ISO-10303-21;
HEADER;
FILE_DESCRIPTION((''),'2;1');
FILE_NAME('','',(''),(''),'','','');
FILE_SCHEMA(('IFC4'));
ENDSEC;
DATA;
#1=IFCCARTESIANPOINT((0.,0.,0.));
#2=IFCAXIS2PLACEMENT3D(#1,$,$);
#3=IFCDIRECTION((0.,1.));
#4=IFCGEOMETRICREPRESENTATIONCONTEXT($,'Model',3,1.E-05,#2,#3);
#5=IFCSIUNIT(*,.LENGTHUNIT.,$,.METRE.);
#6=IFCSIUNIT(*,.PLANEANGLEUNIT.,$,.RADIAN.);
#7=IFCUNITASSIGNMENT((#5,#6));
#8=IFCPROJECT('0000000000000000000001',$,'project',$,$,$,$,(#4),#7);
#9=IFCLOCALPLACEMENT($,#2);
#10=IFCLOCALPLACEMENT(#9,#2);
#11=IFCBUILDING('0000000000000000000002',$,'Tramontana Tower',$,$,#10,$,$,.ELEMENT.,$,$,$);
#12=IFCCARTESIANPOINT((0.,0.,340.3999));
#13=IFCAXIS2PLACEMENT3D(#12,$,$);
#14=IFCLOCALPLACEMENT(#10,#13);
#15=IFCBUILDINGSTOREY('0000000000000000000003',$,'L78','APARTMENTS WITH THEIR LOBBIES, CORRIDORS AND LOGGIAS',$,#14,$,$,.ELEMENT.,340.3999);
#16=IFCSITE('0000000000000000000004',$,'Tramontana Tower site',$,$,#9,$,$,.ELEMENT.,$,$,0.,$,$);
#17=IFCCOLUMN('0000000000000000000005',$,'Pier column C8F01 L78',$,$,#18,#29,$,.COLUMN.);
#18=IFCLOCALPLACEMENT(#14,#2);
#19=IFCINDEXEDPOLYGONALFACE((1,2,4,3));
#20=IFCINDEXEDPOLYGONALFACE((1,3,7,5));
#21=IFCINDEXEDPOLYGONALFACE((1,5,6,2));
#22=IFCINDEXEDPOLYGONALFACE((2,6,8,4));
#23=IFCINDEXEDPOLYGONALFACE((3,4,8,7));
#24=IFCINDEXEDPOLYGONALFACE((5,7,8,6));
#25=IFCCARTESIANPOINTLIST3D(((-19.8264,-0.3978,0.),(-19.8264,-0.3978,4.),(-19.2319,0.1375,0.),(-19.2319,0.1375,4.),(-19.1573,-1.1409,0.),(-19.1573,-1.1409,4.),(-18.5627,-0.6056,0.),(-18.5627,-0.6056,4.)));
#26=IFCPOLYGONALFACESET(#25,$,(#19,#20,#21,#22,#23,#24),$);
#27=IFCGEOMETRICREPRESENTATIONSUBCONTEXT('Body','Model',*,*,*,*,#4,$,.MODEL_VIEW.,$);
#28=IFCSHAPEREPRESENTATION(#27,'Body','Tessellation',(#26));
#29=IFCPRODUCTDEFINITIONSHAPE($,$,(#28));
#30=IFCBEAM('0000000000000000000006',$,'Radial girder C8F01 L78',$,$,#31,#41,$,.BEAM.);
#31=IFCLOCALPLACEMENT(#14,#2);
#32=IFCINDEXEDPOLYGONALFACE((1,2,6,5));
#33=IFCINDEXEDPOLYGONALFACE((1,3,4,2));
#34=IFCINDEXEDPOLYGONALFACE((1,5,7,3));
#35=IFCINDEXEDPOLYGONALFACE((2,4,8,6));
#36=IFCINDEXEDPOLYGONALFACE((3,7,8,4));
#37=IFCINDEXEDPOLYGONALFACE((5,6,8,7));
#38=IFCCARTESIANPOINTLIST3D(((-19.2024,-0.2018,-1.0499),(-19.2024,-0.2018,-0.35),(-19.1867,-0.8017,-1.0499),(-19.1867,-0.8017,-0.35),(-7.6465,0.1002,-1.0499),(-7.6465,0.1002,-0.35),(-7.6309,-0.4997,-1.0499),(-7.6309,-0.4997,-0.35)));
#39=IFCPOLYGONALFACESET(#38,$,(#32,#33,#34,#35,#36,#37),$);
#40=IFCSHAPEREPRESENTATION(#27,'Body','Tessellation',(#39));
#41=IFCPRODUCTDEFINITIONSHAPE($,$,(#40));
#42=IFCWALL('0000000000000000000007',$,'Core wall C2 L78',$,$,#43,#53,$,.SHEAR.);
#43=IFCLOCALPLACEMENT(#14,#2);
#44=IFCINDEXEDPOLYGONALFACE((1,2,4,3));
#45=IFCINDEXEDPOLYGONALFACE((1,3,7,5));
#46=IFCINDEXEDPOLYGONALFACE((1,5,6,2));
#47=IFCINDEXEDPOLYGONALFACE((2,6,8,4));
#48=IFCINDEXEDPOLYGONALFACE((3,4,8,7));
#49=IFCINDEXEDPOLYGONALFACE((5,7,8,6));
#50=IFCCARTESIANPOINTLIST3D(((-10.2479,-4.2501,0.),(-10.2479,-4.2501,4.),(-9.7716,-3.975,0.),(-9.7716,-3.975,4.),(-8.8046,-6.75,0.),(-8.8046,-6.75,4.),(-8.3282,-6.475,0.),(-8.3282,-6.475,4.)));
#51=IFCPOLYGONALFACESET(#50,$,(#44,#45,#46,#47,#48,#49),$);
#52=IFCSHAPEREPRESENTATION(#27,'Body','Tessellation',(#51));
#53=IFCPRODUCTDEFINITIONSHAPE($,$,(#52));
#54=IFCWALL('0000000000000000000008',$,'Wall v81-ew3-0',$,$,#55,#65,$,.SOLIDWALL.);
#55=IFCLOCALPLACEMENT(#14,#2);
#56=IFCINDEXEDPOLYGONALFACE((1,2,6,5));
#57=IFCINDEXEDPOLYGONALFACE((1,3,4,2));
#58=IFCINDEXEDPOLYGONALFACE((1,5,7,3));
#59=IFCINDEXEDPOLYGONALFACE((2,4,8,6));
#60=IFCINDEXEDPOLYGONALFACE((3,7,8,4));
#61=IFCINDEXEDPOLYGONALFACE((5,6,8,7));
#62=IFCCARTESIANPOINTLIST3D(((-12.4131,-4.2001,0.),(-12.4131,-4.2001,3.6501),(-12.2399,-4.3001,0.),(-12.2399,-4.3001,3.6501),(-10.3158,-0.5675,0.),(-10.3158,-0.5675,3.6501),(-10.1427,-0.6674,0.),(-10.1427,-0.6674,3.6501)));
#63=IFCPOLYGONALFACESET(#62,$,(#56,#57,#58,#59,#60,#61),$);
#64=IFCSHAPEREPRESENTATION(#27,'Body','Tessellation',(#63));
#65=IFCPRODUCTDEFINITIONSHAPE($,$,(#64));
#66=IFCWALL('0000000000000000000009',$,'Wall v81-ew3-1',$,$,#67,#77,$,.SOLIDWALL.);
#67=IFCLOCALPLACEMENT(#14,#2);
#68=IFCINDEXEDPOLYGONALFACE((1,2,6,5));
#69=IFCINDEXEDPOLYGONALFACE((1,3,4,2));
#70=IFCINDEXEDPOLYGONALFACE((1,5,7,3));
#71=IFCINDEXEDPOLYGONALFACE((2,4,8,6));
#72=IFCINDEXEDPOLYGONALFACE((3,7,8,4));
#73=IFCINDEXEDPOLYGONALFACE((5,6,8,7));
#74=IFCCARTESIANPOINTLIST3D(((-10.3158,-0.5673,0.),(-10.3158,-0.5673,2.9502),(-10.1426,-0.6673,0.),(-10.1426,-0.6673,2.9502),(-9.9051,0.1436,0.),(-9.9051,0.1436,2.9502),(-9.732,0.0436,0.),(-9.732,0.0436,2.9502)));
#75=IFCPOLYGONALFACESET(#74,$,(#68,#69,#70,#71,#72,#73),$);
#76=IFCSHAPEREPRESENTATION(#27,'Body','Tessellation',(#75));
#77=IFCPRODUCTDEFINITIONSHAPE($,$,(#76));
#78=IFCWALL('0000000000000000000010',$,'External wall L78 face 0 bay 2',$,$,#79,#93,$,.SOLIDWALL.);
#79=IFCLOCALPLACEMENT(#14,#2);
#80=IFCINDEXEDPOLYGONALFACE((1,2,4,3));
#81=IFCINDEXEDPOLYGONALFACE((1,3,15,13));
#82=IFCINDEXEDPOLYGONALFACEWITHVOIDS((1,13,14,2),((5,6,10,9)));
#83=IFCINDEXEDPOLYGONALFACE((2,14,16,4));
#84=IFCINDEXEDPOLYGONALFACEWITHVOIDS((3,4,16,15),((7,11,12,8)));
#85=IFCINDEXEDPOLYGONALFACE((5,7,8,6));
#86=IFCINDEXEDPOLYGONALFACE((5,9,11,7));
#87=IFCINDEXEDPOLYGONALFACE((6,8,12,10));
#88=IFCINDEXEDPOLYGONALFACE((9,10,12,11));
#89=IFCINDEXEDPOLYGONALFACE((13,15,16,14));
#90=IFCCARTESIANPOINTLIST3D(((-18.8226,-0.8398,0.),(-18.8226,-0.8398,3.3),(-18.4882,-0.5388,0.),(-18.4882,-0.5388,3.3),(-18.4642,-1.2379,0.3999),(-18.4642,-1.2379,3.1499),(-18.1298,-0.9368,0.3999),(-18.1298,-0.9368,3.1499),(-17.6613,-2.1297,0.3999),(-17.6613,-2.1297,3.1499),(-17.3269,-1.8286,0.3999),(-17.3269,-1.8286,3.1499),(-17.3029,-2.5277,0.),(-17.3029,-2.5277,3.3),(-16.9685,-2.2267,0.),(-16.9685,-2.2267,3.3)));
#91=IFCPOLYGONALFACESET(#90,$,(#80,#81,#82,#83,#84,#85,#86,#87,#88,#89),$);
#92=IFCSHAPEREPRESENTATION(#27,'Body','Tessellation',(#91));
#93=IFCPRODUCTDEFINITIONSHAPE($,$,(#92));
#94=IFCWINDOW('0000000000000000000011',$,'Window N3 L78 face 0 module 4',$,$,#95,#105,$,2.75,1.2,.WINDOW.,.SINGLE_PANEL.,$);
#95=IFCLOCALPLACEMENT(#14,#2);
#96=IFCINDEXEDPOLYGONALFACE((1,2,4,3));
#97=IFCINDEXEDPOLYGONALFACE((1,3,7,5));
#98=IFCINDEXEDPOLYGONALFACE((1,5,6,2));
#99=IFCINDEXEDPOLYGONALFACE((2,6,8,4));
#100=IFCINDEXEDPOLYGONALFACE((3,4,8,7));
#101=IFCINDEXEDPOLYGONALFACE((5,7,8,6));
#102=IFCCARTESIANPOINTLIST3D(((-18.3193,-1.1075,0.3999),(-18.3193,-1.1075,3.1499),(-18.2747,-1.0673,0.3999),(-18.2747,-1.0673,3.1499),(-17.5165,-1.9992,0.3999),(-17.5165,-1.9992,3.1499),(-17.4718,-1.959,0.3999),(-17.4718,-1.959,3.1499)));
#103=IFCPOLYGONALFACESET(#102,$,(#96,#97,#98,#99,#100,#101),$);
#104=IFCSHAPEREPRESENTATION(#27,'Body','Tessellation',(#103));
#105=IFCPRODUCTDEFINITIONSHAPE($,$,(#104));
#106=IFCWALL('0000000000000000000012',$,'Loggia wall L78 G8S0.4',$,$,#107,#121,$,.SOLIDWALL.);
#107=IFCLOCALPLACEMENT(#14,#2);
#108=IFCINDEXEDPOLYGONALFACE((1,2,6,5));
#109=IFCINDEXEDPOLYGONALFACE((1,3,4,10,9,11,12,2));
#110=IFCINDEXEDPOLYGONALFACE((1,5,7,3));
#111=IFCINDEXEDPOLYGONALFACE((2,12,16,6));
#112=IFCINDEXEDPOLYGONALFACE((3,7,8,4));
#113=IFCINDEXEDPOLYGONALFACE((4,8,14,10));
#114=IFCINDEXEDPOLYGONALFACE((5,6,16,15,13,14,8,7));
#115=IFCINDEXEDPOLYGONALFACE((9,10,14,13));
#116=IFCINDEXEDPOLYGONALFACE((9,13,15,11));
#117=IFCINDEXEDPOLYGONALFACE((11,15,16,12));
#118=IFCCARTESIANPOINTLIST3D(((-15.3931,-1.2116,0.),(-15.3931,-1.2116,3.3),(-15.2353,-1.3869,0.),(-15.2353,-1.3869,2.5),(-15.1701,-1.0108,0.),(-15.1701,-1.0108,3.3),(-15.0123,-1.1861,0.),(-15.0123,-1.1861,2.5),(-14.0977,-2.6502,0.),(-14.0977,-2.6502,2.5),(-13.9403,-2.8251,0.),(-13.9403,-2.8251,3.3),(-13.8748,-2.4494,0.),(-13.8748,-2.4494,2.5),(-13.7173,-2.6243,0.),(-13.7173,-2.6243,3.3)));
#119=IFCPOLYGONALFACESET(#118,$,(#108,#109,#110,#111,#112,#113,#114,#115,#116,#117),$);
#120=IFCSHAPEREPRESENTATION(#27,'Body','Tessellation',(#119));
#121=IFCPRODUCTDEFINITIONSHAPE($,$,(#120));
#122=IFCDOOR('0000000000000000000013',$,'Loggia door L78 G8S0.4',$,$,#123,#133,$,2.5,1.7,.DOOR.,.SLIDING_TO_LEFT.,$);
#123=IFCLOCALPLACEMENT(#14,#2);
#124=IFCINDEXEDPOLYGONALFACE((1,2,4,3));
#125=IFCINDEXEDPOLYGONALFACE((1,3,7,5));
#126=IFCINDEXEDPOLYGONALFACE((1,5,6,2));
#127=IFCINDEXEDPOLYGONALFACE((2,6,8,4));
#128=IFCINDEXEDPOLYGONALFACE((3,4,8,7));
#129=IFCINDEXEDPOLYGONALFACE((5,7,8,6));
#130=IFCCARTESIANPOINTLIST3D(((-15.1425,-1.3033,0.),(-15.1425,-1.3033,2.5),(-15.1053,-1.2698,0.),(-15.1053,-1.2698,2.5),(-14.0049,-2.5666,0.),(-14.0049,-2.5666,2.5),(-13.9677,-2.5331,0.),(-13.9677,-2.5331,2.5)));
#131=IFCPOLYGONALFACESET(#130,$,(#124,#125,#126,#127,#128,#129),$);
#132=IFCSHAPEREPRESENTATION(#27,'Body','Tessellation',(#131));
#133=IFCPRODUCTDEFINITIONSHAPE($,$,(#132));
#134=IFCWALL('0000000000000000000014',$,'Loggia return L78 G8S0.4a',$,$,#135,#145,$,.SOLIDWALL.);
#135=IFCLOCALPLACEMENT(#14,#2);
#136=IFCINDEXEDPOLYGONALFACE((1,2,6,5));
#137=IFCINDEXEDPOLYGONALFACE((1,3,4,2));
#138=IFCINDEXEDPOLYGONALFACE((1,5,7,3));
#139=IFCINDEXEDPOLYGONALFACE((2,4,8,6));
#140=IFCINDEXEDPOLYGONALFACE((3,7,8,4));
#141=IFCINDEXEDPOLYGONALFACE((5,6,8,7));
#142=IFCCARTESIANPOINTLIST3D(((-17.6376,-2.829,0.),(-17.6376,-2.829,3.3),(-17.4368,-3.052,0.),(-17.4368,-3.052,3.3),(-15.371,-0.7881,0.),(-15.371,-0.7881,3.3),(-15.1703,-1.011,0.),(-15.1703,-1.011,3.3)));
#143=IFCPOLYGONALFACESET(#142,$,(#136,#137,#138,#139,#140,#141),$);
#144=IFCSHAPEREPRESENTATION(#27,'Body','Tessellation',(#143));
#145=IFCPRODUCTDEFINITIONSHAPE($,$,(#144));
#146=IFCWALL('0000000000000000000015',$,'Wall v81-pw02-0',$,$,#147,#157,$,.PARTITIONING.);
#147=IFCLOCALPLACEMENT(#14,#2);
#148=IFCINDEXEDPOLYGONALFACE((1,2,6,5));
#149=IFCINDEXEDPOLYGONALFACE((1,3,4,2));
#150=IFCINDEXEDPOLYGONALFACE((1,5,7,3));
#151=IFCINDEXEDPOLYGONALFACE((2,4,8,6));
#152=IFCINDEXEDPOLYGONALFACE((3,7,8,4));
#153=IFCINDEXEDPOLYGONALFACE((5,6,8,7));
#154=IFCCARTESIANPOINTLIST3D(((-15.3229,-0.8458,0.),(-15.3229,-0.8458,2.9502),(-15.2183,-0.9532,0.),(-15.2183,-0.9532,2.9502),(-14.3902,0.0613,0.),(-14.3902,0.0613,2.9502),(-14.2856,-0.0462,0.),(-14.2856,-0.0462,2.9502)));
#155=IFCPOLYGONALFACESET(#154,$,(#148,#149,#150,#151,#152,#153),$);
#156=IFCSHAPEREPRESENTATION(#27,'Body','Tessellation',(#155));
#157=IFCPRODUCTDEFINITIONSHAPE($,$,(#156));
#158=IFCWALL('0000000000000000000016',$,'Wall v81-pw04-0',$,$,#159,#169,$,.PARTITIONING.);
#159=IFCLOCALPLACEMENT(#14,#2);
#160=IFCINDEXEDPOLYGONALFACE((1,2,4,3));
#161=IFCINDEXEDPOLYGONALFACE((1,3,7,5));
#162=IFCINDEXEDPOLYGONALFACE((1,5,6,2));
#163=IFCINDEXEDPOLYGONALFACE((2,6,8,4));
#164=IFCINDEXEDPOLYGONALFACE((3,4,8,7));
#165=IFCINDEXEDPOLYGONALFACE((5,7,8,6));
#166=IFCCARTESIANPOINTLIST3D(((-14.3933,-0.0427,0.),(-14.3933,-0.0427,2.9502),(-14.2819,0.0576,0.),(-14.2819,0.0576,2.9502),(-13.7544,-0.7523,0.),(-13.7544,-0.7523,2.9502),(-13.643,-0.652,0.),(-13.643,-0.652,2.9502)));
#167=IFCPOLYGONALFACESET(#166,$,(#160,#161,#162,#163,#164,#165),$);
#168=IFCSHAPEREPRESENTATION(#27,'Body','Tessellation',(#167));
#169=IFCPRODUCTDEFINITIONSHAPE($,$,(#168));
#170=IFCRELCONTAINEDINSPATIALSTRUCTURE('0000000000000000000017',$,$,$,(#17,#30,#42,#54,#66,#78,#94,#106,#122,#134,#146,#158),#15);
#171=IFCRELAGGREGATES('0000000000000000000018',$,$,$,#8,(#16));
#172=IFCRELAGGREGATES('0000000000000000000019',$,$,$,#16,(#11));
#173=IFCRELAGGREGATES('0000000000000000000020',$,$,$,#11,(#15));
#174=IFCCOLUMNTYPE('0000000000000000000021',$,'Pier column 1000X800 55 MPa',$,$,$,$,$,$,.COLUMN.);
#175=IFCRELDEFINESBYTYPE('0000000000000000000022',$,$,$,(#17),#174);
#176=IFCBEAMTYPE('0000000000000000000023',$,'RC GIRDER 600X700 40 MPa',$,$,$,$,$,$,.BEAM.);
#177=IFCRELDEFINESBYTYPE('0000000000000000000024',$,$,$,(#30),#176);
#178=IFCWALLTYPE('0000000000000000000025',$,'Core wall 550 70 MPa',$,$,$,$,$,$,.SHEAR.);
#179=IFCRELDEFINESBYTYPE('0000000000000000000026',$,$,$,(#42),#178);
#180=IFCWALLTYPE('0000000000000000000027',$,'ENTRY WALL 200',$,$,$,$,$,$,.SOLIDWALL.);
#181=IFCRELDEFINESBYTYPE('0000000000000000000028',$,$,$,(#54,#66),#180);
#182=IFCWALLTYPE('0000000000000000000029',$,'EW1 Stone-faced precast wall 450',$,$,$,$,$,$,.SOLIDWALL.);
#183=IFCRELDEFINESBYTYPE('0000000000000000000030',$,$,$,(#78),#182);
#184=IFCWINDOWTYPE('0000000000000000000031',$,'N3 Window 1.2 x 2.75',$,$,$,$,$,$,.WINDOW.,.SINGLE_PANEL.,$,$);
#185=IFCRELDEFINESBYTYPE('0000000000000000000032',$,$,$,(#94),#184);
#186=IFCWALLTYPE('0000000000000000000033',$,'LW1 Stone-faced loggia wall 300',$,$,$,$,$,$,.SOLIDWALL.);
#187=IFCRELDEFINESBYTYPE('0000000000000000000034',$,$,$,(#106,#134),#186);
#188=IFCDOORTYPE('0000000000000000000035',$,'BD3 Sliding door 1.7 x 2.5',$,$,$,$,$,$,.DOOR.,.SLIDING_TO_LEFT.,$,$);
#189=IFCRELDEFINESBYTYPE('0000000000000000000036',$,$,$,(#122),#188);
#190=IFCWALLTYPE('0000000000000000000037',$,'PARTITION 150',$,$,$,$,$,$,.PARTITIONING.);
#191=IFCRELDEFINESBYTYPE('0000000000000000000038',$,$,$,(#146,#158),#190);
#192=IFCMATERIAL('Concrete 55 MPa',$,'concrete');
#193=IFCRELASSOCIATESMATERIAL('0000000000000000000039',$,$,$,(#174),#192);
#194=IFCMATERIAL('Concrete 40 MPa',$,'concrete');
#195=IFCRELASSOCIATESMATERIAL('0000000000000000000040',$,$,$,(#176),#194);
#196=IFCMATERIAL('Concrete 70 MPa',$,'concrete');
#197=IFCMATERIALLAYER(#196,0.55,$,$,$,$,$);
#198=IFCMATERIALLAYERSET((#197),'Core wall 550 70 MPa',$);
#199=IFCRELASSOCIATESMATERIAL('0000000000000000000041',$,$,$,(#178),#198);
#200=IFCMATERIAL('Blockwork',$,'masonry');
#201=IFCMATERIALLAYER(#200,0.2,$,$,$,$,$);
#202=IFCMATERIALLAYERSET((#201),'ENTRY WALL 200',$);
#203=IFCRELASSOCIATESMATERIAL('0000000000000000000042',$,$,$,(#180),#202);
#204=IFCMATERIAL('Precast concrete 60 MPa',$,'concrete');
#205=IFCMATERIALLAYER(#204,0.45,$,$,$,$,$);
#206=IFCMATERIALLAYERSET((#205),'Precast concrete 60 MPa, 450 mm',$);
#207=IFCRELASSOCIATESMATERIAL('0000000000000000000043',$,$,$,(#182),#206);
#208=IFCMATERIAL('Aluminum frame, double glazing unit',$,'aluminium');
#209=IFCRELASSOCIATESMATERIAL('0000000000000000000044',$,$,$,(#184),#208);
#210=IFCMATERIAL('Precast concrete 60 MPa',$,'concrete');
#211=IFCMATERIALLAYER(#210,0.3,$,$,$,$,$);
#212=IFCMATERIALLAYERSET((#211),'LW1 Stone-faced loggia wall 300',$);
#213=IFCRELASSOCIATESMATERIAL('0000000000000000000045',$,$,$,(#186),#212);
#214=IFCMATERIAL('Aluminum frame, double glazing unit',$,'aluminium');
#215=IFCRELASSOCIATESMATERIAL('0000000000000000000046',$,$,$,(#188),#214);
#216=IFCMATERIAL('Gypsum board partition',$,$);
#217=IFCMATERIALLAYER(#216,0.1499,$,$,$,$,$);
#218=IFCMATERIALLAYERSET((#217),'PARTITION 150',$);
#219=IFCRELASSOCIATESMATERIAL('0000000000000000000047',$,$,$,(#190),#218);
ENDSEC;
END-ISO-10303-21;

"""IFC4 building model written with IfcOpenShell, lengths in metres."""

from ifc_helpers import new_model, si_unit, direction, frame, frame_2d, origin, origin_2d, place, context, subcontext, project, spatial, rectangle, extrude, material, layer, layer_set, material_profile, profile_set, type_object, element, fill, save


model = new_model("IFC4")

# Units and contexts
model_context = context("Model", 3, precision=1e-05, world=origin(), true_north=direction((0.0, 1.0)))
body_context = subcontext(model_context, "Body", "Model", "MODEL_VIEW")
ifc_project = project(units=[si_unit("LENGTHUNIT", "METRE"), si_unit("PLANEANGLEUNIT", "RADIAN")], contexts=[model_context])

# Site, building, storey
site_placement = place(None, origin())
site = spatial("IfcSite", under=ifc_project, at=site_placement, Name="Tramontana Tower site", CompositionType="ELEMENT", RefElevation=0.0)
building_placement = place(site_placement, origin())
building = spatial("IfcBuilding", under=site, at=building_placement, Name="Tramontana Tower", CompositionType="ELEMENT")
storey_placement = place(building_placement, frame((0.0, 0.0, 340.3999)))
storey = spatial("IfcBuildingStorey", under=building, at=storey_placement, Name="L78", Description="APARTMENTS WITH THEIR LOBBIES, CORRIDORS AND LOGGIAS", CompositionType="ELEMENT", Elevation=340.3999)

# Column
ifc_material_1 = material(Name="Concrete 55 MPa", Category="concrete")
ifc_material_profile_1 = material_profile(ifc_material_1, rectangle(XDim=1.0, YDim=0.8, at=origin_2d()), Name="Pier column 1000X800 55 MPa")
ifc_profile_set_1 = profile_set([ifc_material_profile_1], Name="Concrete 55 MPa")
column_type = type_object("IfcColumnType", Name="Pier column 1000X800 55 MPa", PredefinedType="COLUMN", material=ifc_profile_set_1)
column_placement = place(storey_placement, frame((-19.1946, -0.5017, 0.0), z_axis=(0.0, 0.0, 1.0), x_axis=(0.669131, -0.743145, 0.0)))
element("IfcColumn", 1, at=column_placement, inside=storey, type_object=column_type, Name="Pier column C8F01 L78", PredefinedType="COLUMN", context=body_context, shape_type="SweptSolid", body=[
    extrude(rectangle(XDim=1.0, YDim=0.8, at=origin_2d()), origin(), (0.0, 0.0, 1.0), 4.0),
])

# Beam
ifc_material_2 = material(Name="Concrete 40 MPa", Category="concrete")
ifc_material_profile_2 = material_profile(ifc_material_2, rectangle(XDim=0.6001, YDim=0.7, at=origin_2d()), Name="RC GIRDER 600X700 40 MPa")
ifc_profile_set_2 = profile_set([ifc_material_profile_2], Name="Concrete 40 MPa")
beam_type = type_object("IfcBeamType", Name="RC GIRDER 600X700 40 MPa", PredefinedType="BEAM", material=ifc_profile_set_2)
beam_placement = place(storey_placement, frame((-19.1946, -0.5017, -0.7), z_axis=(0.999659, 0.026125, 0.0), x_axis=(-0.026125, 0.999659, 0.0)))
element("IfcBeam", 2, at=beam_placement, inside=storey, type_object=beam_type, Name="Radial girder C8F01 L78", PredefinedType="BEAM", context=body_context, shape_type="SweptSolid", body=[
    extrude(rectangle(XDim=0.6001, YDim=0.7, at=origin_2d()), origin(), (0.0, 0.0, 1.0), 11.5598),
])

# Walls
ifc_material_3 = material(Name="Concrete 70 MPa", Category="concrete")
ifc_layer_1 = layer(ifc_material_3, 0.55)
ifc_layer_set_1 = layer_set([ifc_layer_1], Name="Core wall 550 70 MPa")
wall_type_1 = type_object("IfcWallType", Name="Core wall 550 70 MPa", PredefinedType="SHEAR", material=ifc_layer_set_1)
wall_1_placement = place(storey_placement, frame((-10.0098, -4.1125, 0.0), z_axis=(0.0, 0.0, 1.0), x_axis=(0.499996, -0.866028, 0.0)))
element("IfcWall", 3, at=wall_1_placement, inside=storey, type_object=wall_type_1, Name="Core wall C2 L78", PredefinedType="SHEAR", context=body_context, shape_type="SweptSolid", body=[
    extrude(rectangle(XDim=2.8867, YDim=0.55, at=frame_2d((1.4434, 0.0))), origin(), (0.0, 0.0, 1.0), 4.0),
])
ifc_material_4 = material(Name="Blockwork", Category="masonry")
ifc_layer_2 = layer(ifc_material_4, 0.2)
ifc_layer_set_2 = layer_set([ifc_layer_2], Name="ENTRY WALL 200")
wall_type_2 = type_object("IfcWallType", Name="ENTRY WALL 200", PredefinedType="SOLIDWALL", material=ifc_layer_set_2)
wall_2_placement = place(storey_placement, frame((-12.3264, -4.25, 0.0), z_axis=(0.0, 0.0, 1.0), x_axis=(0.499983, 0.866035, 0.0)))
element("IfcWall", 4, at=wall_2_placement, inside=storey, type_object=wall_type_2, Name="Wall v81-ew3-0", PredefinedType="SOLIDWALL", context=body_context, shape_type="SweptSolid", body=[
    extrude(rectangle(XDim=4.1946, YDim=0.2, at=frame_2d((2.0972, 0.0))), origin(), (0.0, 0.0, 1.0), 3.6501),
])
wall_3_placement = place(storey_placement, frame((-10.2292, -0.6174, 0.0), z_axis=(0.0, 0.0, 1.0), x_axis=(0.500169, 0.865928, 0.0)))
element("IfcWall", 5, at=wall_3_placement, inside=storey, type_object=wall_type_2, Name="Wall v81-ew3-1", PredefinedType="SOLIDWALL", context=body_context, shape_type="SweptSolid", body=[
    extrude(rectangle(XDim=0.821, YDim=0.2, at=frame_2d((0.4106, 0.0))), origin(), (0.0, 0.0, 1.0), 2.9502),
])

# Wall, opening, window
ifc_material_5 = material(Name="Precast concrete 60 MPa", Category="concrete")
ifc_layer_3 = layer(ifc_material_5, 0.45)
ifc_layer_set_3 = layer_set([ifc_layer_3], Name="Precast concrete 60 MPa, 450 mm")
wall_type_3 = type_object("IfcWallType", Name="EW1 Stone-faced precast wall 450", PredefinedType="SOLIDWALL", material=ifc_layer_set_3)
wall_4_placement = place(storey_placement, frame((-18.6555, -0.6892, 0.0), z_axis=(0.0, 0.0, 1.0), x_axis=(0.669107, -0.743166, 0.0)))
wall_4 = element("IfcWall", 6, at=wall_4_placement, inside=storey, type_object=wall_type_3, Name="External wall L78 face 0 bay 2", PredefinedType="SOLIDWALL", context=body_context, shape_type="SweptSolid", body=[
    extrude(rectangle(XDim=2.2712, YDim=0.45, at=frame_2d((1.1357, 0.0))), origin(), (0.0, 0.0, 1.0), 3.3),
])
opening_1_placement = place(wall_4_placement, frame((0.5356, 0.0, 0.3999)))
opening_1 = element("IfcOpeningElement", 7, at=opening_1_placement, cuts=wall_4, PredefinedType="OPENING", context=body_context, shape_type="SweptSolid", body=[
    extrude(rectangle(XDim=1.2, YDim=2.75, at=frame_2d((0.6001, 1.375))), frame((0.0, 0.2349, 0.0), z_axis=(0.0, -1.0, 0.0), x_axis=(1.0, 0.0, 0.0)), (0.0, 0.0, 1.0), 0.47),
])
ifc_material_6 = material(Name="Aluminum frame, double glazing unit", Category="aluminium")
window_type = type_object("IfcWindowType", Name="N3 Window 1.2 x 2.75", PartitioningType="SINGLE_PANEL", PredefinedType="WINDOW", material=ifc_material_6)
window_placement = place(opening_1_placement, origin())
window = element("IfcWindow", 8, at=window_placement, inside=storey, type_object=window_type, Name="Window N3 L78 face 0 module 4", OverallHeight=2.75, OverallWidth=1.2, PartitioningType="SINGLE_PANEL", PredefinedType="WINDOW", context=body_context, shape_type="SweptSolid", body=[
    extrude(rectangle(XDim=1.2, YDim=2.75, at=frame_2d((0.6001, 1.375))), frame((0.0, 0.03, 0.0), z_axis=(0.0, -1.0, 0.0), x_axis=(1.0, 0.0, 0.0)), (0.0, 0.0, 1.0), 0.0601),
])
fill(opening_1, window)

# Wall, opening, door
ifc_material_7 = material(Name="Precast concrete 60 MPa", Category="concrete")
ifc_layer_4 = layer(ifc_material_7, 0.3)
ifc_layer_set_4 = layer_set([ifc_layer_4], Name="LW1 Stone-faced loggia wall 300")
wall_type_4 = type_object("IfcWallType", Name="LW1 Stone-faced loggia wall 300", PredefinedType="SOLIDWALL", material=ifc_layer_set_4)
wall_5_placement = place(storey_placement, frame((-15.2815, -1.1113, 0.0), z_axis=(0.0, 0.0, 1.0), x_axis=(0.669145, -0.743132, 0.0)))
wall_5 = element("IfcWall", 9, at=wall_5_placement, inside=storey, type_object=wall_type_4, Name="Loggia wall L78 G8S0.4", PredefinedType="SOLIDWALL", context=body_context, shape_type="SweptSolid", body=[
    extrude(rectangle(XDim=2.1711, YDim=0.3, at=frame_2d((1.0854, 0.0))), origin(), (0.0, 0.0, 1.0), 3.3),
])
opening_2_placement = place(wall_5_placement, frame((0.2356, 0.0, 0.0)))
opening_2 = element("IfcOpeningElement", 10, at=opening_2_placement, cuts=wall_5, PredefinedType="OPENING", context=body_context, shape_type="SweptSolid", body=[
    extrude(rectangle(XDim=1.7, YDim=2.5, at=frame_2d((0.8501, 1.25))), frame((0.0, 0.1599, 0.0), z_axis=(0.0, -1.0, 0.0), x_axis=(1.0, 0.0, 0.0)), (0.0, 0.0, 1.0), 0.3201),
])
ifc_material_8 = material(Name="Aluminum frame, double glazing unit", Category="aluminium")
door_type_1 = type_object("IfcDoorType", Name="BD3 Sliding door 1.7 x 2.5", OperationType="SLIDING_TO_LEFT", PredefinedType="DOOR", material=ifc_material_8)
door_1_placement = place(opening_2_placement, origin())
door_1 = element("IfcDoor", 11, at=door_1_placement, inside=storey, type_object=door_type_1, Name="Loggia door L78 G8S0.4", OperationType="SLIDING_TO_LEFT", OverallHeight=2.5, OverallWidth=1.7, PredefinedType="DOOR", context=body_context, shape_type="SweptSolid", body=[
    extrude(rectangle(XDim=1.7, YDim=2.5, at=frame_2d((0.8501, 1.25))), frame((0.0, 0.0249, 0.0), z_axis=(0.0, -1.0, 0.0), x_axis=(1.0, 0.0, 0.0)), (0.0, 0.0, 1.0), 0.05),
])
fill(opening_2, door_1)

# Walls
wall_6_placement = place(storey_placement, frame((-17.5371, -2.9404, 0.0), z_axis=(0.0, 0.0, 1.0), x_axis=(0.743119, 0.669159, 0.0)))
element("IfcWall", 12, at=wall_6_placement, inside=storey, type_object=wall_type_4, Name="Loggia return L78 G8S0.4a", PredefinedType="SOLIDWALL", context=body_context, shape_type="SweptSolid", body=[
    extrude(rectangle(XDim=3.05, YDim=0.3, at=frame_2d((1.5249, 0.0))), origin(), (0.0, 0.0, 1.0), 3.3),
])
ifc_material_9 = material(Name="Gypsum board partition")
ifc_layer_5 = layer(ifc_material_9, 0.1499)
ifc_layer_set_5 = layer_set([ifc_layer_5], Name="PARTITION 150")
wall_type_5 = type_object("IfcWallType", Name="PARTITION 150", PredefinedType="PARTITIONING", material=ifc_layer_set_5)
wall_7_placement = place(storey_placement, frame((-15.2705, -0.8994, 0.0), z_axis=(0.0, 0.0, 1.0), x_axis=(0.716891, 0.697186, 0.0)))
element("IfcWall", 13, at=wall_7_placement, inside=storey, type_object=wall_type_5, Name="Wall v81-pw02-0", PredefinedType="PARTITIONING", context=body_context, shape_type="SweptSolid", body=[
    extrude(rectangle(XDim=1.301, YDim=0.1499, at=frame_2d((0.6504, 0.0))), origin(), (0.0, 0.0, 1.0), 2.9502),
])
wall_8_placement = place(storey_placement, frame((-14.3376, 0.0076, 0.0), z_axis=(0.0, 0.0, 1.0), x_axis=(0.669064, -0.743205, 0.0)))
element("IfcWall", 14, at=wall_8_placement, inside=storey, type_object=wall_type_5, Name="Wall v81-pw04-0", PredefinedType="PARTITIONING", context=body_context, shape_type="SweptSolid", body=[
    extrude(rectangle(XDim=0.9548, YDim=0.1499, at=frame_2d((0.4775, 0.0))), origin(), (0.0, 0.0, 1.0), 2.9502),
])

save(model, "model.ifc")
